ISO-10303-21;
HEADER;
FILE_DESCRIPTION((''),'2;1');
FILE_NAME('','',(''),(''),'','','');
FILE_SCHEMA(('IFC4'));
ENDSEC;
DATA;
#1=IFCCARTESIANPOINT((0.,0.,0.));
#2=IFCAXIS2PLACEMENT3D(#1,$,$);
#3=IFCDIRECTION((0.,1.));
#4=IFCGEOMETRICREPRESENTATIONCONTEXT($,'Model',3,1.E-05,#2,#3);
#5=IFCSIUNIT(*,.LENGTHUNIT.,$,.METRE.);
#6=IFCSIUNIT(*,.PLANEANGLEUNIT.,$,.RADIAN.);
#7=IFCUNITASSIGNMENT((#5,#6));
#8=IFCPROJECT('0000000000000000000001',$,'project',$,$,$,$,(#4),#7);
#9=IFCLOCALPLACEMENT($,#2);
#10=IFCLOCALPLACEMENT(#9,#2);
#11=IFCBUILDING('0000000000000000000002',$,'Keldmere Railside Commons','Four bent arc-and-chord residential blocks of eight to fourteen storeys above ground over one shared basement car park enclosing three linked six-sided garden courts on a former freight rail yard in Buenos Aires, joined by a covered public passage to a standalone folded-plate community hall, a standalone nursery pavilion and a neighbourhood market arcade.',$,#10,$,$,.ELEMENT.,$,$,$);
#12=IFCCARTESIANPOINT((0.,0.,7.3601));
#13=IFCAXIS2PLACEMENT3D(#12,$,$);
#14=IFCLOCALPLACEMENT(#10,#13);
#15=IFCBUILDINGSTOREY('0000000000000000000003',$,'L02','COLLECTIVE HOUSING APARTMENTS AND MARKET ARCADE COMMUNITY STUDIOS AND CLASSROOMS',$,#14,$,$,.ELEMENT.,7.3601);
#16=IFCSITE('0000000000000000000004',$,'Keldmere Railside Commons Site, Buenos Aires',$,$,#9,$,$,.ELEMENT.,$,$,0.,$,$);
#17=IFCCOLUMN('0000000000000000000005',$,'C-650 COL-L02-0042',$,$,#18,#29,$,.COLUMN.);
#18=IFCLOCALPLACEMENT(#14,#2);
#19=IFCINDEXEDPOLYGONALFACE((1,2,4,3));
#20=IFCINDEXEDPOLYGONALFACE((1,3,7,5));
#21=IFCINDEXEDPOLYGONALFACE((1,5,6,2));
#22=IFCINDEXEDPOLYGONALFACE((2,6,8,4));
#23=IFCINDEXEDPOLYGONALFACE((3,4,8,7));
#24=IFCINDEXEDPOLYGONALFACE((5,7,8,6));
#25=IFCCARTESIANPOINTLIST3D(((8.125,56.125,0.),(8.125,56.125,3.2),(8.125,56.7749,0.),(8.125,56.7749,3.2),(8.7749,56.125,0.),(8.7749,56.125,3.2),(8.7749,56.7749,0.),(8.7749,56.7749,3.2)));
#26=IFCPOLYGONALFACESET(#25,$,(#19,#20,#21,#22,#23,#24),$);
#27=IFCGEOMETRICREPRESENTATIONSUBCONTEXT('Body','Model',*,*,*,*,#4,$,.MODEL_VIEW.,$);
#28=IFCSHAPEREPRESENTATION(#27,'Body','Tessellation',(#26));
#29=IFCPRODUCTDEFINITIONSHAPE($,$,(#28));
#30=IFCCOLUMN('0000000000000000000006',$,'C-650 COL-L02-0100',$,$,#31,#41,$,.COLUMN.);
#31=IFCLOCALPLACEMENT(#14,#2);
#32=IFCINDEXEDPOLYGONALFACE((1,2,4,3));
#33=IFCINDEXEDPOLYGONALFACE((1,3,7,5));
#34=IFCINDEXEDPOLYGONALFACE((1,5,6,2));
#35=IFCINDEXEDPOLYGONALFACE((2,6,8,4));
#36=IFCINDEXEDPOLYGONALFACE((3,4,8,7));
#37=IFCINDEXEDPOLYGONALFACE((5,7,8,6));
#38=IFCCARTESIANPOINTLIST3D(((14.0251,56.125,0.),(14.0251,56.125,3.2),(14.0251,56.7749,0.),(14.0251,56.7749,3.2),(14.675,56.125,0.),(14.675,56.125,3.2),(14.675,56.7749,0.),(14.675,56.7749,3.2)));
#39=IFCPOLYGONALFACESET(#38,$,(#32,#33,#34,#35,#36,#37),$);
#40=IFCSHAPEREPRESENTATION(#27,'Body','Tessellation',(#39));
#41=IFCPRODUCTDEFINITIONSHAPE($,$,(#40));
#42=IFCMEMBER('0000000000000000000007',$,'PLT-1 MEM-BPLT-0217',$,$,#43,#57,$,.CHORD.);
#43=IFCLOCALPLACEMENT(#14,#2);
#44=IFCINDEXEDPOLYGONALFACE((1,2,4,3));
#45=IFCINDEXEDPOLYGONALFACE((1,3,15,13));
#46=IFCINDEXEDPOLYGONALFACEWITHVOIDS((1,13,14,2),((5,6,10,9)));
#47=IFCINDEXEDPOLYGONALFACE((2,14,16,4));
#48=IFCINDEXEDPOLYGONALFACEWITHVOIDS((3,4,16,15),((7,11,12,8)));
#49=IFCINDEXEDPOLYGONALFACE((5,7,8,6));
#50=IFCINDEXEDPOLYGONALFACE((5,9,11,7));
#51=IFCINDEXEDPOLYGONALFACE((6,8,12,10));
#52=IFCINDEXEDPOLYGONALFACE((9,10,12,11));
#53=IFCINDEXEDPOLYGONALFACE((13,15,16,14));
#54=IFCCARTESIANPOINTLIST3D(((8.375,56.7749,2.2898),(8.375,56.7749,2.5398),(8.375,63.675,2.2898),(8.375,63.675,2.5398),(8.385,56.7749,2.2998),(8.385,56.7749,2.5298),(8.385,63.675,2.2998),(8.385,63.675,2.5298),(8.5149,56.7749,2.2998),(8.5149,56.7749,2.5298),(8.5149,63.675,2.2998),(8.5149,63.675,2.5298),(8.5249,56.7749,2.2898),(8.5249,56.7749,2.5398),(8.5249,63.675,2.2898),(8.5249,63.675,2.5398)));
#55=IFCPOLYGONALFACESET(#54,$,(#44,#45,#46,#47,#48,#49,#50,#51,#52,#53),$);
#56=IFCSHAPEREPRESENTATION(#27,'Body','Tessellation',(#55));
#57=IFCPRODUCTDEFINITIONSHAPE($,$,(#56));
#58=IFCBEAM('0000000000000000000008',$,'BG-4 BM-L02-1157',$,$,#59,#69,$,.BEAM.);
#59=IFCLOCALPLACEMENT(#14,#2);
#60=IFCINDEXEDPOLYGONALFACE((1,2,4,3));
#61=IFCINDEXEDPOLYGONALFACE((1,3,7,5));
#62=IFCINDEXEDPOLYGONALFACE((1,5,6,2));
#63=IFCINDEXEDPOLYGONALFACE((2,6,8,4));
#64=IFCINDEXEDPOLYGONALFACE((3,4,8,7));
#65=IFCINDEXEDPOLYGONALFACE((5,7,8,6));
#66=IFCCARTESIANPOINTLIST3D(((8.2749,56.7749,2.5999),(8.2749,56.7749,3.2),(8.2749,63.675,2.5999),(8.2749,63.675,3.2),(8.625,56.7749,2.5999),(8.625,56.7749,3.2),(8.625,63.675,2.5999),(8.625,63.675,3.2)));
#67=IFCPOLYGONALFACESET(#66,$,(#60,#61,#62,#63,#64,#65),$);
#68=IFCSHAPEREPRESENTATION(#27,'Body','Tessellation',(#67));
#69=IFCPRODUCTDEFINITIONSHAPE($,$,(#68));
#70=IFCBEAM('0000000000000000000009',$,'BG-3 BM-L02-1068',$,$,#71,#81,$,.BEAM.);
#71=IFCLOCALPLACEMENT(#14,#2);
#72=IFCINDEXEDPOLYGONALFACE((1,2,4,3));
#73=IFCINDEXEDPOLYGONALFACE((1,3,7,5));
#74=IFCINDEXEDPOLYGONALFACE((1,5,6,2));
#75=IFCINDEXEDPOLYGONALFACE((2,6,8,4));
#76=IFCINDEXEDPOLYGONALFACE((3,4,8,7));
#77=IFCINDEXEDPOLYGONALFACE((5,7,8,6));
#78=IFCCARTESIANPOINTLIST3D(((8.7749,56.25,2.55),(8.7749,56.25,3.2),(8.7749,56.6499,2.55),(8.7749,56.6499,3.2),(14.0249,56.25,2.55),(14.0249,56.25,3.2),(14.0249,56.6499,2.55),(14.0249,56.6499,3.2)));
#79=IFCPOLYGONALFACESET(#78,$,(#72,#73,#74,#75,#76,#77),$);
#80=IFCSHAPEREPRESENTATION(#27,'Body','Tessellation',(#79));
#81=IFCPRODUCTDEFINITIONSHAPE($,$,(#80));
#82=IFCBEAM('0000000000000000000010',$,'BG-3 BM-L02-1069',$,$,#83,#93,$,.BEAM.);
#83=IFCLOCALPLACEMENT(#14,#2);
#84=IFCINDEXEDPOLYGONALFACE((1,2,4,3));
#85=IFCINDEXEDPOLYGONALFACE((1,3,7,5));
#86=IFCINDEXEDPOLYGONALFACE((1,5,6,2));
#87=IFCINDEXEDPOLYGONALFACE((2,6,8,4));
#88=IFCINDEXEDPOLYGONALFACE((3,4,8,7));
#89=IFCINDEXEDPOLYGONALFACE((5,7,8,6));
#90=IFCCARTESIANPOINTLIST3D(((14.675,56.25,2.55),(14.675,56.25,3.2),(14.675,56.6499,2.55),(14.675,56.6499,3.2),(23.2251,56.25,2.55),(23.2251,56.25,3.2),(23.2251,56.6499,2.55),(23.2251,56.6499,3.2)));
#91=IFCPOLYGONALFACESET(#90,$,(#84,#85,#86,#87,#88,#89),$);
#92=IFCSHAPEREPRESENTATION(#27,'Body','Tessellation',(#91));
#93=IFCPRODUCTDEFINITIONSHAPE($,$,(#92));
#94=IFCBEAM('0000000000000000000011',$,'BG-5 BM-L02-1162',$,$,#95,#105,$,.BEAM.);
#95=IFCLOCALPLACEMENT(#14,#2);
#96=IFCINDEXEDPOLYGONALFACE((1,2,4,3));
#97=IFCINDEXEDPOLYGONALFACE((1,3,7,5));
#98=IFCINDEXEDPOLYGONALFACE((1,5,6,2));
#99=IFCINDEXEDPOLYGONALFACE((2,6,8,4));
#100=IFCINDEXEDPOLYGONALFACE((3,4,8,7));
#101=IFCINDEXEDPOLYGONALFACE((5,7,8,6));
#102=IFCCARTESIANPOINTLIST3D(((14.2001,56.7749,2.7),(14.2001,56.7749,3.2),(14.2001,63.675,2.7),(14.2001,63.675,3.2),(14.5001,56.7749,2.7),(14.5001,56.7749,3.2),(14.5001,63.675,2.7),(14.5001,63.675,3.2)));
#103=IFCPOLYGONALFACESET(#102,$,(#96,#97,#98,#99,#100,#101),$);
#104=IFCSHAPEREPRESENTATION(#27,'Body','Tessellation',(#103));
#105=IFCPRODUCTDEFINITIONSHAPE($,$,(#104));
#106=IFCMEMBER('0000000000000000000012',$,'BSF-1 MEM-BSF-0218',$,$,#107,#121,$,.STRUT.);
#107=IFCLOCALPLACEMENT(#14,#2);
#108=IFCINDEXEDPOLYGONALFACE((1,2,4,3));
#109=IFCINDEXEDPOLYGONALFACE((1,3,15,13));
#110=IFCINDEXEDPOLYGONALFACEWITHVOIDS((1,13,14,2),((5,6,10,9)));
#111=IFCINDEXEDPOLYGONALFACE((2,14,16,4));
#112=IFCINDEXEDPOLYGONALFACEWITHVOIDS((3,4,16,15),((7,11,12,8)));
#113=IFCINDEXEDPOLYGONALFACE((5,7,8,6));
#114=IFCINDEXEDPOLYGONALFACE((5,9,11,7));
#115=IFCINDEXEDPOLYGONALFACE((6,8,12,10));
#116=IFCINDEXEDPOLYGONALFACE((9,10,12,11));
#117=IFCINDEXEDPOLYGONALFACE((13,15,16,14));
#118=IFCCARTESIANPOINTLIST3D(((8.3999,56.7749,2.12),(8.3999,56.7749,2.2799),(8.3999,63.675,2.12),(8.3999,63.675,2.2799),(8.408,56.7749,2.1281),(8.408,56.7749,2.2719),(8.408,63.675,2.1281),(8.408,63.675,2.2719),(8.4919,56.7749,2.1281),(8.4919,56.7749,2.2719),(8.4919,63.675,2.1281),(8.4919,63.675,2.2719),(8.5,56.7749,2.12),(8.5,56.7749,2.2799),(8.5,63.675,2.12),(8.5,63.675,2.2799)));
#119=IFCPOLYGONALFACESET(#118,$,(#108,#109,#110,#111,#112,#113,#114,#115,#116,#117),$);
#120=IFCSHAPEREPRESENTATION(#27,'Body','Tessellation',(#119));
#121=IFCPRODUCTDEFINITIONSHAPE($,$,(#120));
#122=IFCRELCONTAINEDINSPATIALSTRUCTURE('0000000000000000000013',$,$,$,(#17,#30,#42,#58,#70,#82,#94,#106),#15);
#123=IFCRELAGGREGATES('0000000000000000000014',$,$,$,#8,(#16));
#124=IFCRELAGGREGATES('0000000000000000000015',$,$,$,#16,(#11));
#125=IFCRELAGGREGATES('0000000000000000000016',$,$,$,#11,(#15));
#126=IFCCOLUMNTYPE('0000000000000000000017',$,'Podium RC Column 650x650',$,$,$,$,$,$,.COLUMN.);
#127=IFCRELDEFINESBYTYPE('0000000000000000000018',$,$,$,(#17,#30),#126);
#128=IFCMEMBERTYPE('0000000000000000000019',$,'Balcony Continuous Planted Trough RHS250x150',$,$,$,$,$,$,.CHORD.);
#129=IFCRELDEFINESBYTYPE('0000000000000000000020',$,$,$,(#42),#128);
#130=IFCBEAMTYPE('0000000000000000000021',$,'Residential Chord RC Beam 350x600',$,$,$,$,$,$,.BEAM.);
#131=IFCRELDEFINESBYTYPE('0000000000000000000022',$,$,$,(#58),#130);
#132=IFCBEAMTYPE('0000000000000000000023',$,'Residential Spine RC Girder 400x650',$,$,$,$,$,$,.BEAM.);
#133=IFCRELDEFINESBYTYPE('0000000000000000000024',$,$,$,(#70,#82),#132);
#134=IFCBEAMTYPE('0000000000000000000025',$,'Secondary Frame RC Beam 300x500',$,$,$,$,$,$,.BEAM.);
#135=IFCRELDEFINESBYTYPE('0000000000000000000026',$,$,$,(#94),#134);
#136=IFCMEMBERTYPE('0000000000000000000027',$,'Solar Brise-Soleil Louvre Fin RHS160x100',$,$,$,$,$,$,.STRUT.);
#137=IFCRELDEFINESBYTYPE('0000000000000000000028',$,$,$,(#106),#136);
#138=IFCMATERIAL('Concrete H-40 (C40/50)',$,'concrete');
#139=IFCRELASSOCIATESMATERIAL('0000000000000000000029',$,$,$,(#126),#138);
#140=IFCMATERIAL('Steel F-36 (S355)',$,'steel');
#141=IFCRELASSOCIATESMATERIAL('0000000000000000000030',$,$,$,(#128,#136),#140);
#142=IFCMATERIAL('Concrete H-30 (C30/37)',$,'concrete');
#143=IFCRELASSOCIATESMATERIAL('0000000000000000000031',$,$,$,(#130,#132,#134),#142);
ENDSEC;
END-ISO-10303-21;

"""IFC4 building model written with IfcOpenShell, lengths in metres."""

from ifc_helpers import new_model, si_unit, direction, frame, origin, origin_2d, place, context, subcontext, project, spatial, rectangle, hollow_rectangle, extrude, material, material_profile, profile_set, type_object, element, save


model = new_model("IFC4")

# Units and contexts
model_context = context("Model", 3, precision=1e-05, world=origin(), true_north=direction((0.0, 1.0)))
body_context = subcontext(model_context, "Body", "Model", "MODEL_VIEW")
ifc_project = project(units=[si_unit("LENGTHUNIT", "METRE"), si_unit("PLANEANGLEUNIT", "RADIAN")], contexts=[model_context])

# Site, building, storey
site_placement = place(None, origin())
site = spatial("IfcSite", under=ifc_project, at=site_placement, Name="Keldmere Railside Commons Site, Buenos Aires", CompositionType="ELEMENT", RefElevation=0.0)
building_placement = place(site_placement, origin())
building = spatial("IfcBuilding", under=site, at=building_placement, Name="Keldmere Railside Commons", Description="Four bent arc-and-chord residential blocks of eight to fourteen storeys above ground over one shared basement car park enclosing three linked six-sided garden courts on a former freight rail yard in Buenos Aires, joined by a covered public passage to a standalone folded-plate community hall, a standalone nursery pavilion and a neighbourhood market arcade.", CompositionType="ELEMENT")
storey_placement = place(building_placement, frame((0.0, 0.0, 7.3601)))
storey = spatial("IfcBuildingStorey", under=building, at=storey_placement, Name="L02", Description="COLLECTIVE HOUSING APARTMENTS AND MARKET ARCADE COMMUNITY STUDIOS AND CLASSROOMS", CompositionType="ELEMENT", Elevation=7.3601)

# Columns
ifc_material_1 = material(Name="Concrete H-40 (C40/50)", Category="concrete")
ifc_material_profile_1 = material_profile(ifc_material_1, rectangle(XDim=0.6499, YDim=0.6499, at=origin_2d()), Name="RC-650x650")
ifc_profile_set_1 = profile_set([ifc_material_profile_1], Name="Concrete H-40 (C40/50)")
column_type = type_object("IfcColumnType", Name="Podium RC Column 650x650", PredefinedType="COLUMN", material=ifc_profile_set_1)
for number, where, z_axis, x_axis, name in (
    (1, (8.45, 56.45, 0.0), (0.0, 0.0, 1.0), (1.0, 0.0, 0.0), "C-650 COL-L02-0042"),
    (2, (14.3501, 56.45, 0.0), (0.0, 0.0, 1.0), (1.0, 0.0, 0.0), "C-650 COL-L02-0100"),
):
    element("IfcColumn", number, at=place(storey_placement, frame(where, z_axis=z_axis, x_axis=x_axis)), inside=storey, type_object=column_type, Name=name, PredefinedType="COLUMN", context=body_context, shape_type="SweptSolid", body=[
        extrude(rectangle(XDim=0.6499, YDim=0.6499, at=origin_2d()), origin(), (0.0, 0.0, 1.0), 3.2),
    ])

# Member
ifc_material_2 = material(Name="Steel F-36 (S355)", Category="steel")
ifc_material_profile_2 = material_profile(ifc_material_2, hollow_rectangle(XDim=0.1499, YDim=0.25, WallThickness=0.01, at=origin_2d()), Name="RHS-250x150x10")
ifc_profile_set_2 = profile_set([ifc_material_profile_2], Name="Steel F-36 (S355)")
member_type_1 = type_object("IfcMemberType", Name="Balcony Continuous Planted Trough RHS250x150", PredefinedType="CHORD", material=ifc_profile_set_2)
member_1_placement = place(storey_placement, frame((8.45, 56.7749, 2.4148), z_axis=(0.0, 1.0, 0.0), x_axis=(-1.0, 0.0, 0.0)))
element("IfcMember", 3, at=member_1_placement, inside=storey, type_object=member_type_1, Name="PLT-1 MEM-BPLT-0217", PredefinedType="CHORD", context=body_context, shape_type="SweptSolid", body=[
    extrude(hollow_rectangle(XDim=0.1499, YDim=0.25, WallThickness=0.01, at=origin_2d()), origin(), (0.0, 0.0, 1.0), 6.9001),
])

# Beams
ifc_material_3 = material(Name="Concrete H-30 (C30/37)", Category="concrete")
ifc_material_profile_3 = material_profile(ifc_material_3, rectangle(XDim=0.3501, YDim=0.6001, at=origin_2d()), Name="RC-350x600")
ifc_profile_set_3 = profile_set([ifc_material_profile_3], Name="Concrete H-30 (C30/37)")
beam_type_1 = type_object("IfcBeamType", Name="Residential Chord RC Beam 350x600", PredefinedType="BEAM", material=ifc_profile_set_3)
beam_1_placement = place(storey_placement, frame((8.45, 56.7749, 2.8999), z_axis=(0.0, 1.0, 0.0), x_axis=(-1.0, 0.0, 0.0)))
element("IfcBeam", 4, at=beam_1_placement, inside=storey, type_object=beam_type_1, Name="BG-4 BM-L02-1157", PredefinedType="BEAM", context=body_context, shape_type="SweptSolid", body=[
    extrude(rectangle(XDim=0.3501, YDim=0.6001, at=origin_2d()), origin(), (0.0, 0.0, 1.0), 6.9001),
])
ifc_material_profile_4 = material_profile(ifc_material_3, rectangle(XDim=0.3999, YDim=0.6499, at=origin_2d()), Name="RC-400x650")
ifc_profile_set_4 = profile_set([ifc_material_profile_4], Name="Concrete H-30 (C30/37)")
beam_type_2 = type_object("IfcBeamType", Name="Residential Spine RC Girder 400x650", PredefinedType="BEAM", material=ifc_profile_set_4)
beam_2_placement = place(storey_placement, frame((8.7749, 56.45, 2.875), z_axis=(1.0, 0.0, 0.0), x_axis=(0.0, 1.0, 0.0)))
element("IfcBeam", 5, at=beam_2_placement, inside=storey, type_object=beam_type_2, Name="BG-3 BM-L02-1068", PredefinedType="BEAM", context=body_context, shape_type="SweptSolid", body=[
    extrude(rectangle(XDim=0.3999, YDim=0.6499, at=origin_2d()), origin(), (0.0, 0.0, 1.0), 5.25),
])
beam_3_placement = place(storey_placement, frame((14.675, 56.45, 2.875), z_axis=(1.0, 0.0, 0.0), x_axis=(0.0, 1.0, 0.0)))
element("IfcBeam", 6, at=beam_3_placement, inside=storey, type_object=beam_type_2, Name="BG-3 BM-L02-1069", PredefinedType="BEAM", context=body_context, shape_type="SweptSolid", body=[
    extrude(rectangle(XDim=0.3999, YDim=0.6499, at=origin_2d()), origin(), (0.0, 0.0, 1.0), 8.55),
])
ifc_material_profile_5 = material_profile(ifc_material_3, rectangle(XDim=0.3, YDim=0.5, at=origin_2d()), Name="RC-300x500")
ifc_profile_set_5 = profile_set([ifc_material_profile_5], Name="Concrete H-30 (C30/37)")
beam_type_3 = type_object("IfcBeamType", Name="Secondary Frame RC Beam 300x500", PredefinedType="BEAM", material=ifc_profile_set_5)
beam_4_placement = place(storey_placement, frame((14.3501, 56.7749, 2.95), z_axis=(0.0, 1.0, 0.0), x_axis=(-1.0, 0.0, 0.0)))
element("IfcBeam", 7, at=beam_4_placement, inside=storey, type_object=beam_type_3, Name="BG-5 BM-L02-1162", PredefinedType="BEAM", context=body_context, shape_type="SweptSolid", body=[
    extrude(rectangle(XDim=0.3, YDim=0.5, at=origin_2d()), origin(), (0.0, 0.0, 1.0), 6.9001),
])

# Member
ifc_material_profile_6 = material_profile(ifc_material_2, hollow_rectangle(XDim=0.1001, YDim=0.1599, WallThickness=0.0081, at=origin_2d()), Name="RHS-160x100x8")
ifc_profile_set_6 = profile_set([ifc_material_profile_6], Name="Steel F-36 (S355)")
member_type_2 = type_object("IfcMemberType", Name="Solar Brise-Soleil Louvre Fin RHS160x100", PredefinedType="STRUT", material=ifc_profile_set_6)
member_2_placement = place(storey_placement, frame((8.45, 56.7749, 2.2), z_axis=(0.0, 1.0, 0.0), x_axis=(-1.0, 0.0, 0.0)))
element("IfcMember", 8, at=member_2_placement, inside=storey, type_object=member_type_2, Name="BSF-1 MEM-BSF-0218", PredefinedType="STRUT", context=body_context, shape_type="SweptSolid", body=[
    extrude(hollow_rectangle(XDim=0.1001, YDim=0.1599, WallThickness=0.0081, at=origin_2d()), origin(), (0.0, 0.0, 1.0), 6.9001),
])

save(model, "model.ifc")
